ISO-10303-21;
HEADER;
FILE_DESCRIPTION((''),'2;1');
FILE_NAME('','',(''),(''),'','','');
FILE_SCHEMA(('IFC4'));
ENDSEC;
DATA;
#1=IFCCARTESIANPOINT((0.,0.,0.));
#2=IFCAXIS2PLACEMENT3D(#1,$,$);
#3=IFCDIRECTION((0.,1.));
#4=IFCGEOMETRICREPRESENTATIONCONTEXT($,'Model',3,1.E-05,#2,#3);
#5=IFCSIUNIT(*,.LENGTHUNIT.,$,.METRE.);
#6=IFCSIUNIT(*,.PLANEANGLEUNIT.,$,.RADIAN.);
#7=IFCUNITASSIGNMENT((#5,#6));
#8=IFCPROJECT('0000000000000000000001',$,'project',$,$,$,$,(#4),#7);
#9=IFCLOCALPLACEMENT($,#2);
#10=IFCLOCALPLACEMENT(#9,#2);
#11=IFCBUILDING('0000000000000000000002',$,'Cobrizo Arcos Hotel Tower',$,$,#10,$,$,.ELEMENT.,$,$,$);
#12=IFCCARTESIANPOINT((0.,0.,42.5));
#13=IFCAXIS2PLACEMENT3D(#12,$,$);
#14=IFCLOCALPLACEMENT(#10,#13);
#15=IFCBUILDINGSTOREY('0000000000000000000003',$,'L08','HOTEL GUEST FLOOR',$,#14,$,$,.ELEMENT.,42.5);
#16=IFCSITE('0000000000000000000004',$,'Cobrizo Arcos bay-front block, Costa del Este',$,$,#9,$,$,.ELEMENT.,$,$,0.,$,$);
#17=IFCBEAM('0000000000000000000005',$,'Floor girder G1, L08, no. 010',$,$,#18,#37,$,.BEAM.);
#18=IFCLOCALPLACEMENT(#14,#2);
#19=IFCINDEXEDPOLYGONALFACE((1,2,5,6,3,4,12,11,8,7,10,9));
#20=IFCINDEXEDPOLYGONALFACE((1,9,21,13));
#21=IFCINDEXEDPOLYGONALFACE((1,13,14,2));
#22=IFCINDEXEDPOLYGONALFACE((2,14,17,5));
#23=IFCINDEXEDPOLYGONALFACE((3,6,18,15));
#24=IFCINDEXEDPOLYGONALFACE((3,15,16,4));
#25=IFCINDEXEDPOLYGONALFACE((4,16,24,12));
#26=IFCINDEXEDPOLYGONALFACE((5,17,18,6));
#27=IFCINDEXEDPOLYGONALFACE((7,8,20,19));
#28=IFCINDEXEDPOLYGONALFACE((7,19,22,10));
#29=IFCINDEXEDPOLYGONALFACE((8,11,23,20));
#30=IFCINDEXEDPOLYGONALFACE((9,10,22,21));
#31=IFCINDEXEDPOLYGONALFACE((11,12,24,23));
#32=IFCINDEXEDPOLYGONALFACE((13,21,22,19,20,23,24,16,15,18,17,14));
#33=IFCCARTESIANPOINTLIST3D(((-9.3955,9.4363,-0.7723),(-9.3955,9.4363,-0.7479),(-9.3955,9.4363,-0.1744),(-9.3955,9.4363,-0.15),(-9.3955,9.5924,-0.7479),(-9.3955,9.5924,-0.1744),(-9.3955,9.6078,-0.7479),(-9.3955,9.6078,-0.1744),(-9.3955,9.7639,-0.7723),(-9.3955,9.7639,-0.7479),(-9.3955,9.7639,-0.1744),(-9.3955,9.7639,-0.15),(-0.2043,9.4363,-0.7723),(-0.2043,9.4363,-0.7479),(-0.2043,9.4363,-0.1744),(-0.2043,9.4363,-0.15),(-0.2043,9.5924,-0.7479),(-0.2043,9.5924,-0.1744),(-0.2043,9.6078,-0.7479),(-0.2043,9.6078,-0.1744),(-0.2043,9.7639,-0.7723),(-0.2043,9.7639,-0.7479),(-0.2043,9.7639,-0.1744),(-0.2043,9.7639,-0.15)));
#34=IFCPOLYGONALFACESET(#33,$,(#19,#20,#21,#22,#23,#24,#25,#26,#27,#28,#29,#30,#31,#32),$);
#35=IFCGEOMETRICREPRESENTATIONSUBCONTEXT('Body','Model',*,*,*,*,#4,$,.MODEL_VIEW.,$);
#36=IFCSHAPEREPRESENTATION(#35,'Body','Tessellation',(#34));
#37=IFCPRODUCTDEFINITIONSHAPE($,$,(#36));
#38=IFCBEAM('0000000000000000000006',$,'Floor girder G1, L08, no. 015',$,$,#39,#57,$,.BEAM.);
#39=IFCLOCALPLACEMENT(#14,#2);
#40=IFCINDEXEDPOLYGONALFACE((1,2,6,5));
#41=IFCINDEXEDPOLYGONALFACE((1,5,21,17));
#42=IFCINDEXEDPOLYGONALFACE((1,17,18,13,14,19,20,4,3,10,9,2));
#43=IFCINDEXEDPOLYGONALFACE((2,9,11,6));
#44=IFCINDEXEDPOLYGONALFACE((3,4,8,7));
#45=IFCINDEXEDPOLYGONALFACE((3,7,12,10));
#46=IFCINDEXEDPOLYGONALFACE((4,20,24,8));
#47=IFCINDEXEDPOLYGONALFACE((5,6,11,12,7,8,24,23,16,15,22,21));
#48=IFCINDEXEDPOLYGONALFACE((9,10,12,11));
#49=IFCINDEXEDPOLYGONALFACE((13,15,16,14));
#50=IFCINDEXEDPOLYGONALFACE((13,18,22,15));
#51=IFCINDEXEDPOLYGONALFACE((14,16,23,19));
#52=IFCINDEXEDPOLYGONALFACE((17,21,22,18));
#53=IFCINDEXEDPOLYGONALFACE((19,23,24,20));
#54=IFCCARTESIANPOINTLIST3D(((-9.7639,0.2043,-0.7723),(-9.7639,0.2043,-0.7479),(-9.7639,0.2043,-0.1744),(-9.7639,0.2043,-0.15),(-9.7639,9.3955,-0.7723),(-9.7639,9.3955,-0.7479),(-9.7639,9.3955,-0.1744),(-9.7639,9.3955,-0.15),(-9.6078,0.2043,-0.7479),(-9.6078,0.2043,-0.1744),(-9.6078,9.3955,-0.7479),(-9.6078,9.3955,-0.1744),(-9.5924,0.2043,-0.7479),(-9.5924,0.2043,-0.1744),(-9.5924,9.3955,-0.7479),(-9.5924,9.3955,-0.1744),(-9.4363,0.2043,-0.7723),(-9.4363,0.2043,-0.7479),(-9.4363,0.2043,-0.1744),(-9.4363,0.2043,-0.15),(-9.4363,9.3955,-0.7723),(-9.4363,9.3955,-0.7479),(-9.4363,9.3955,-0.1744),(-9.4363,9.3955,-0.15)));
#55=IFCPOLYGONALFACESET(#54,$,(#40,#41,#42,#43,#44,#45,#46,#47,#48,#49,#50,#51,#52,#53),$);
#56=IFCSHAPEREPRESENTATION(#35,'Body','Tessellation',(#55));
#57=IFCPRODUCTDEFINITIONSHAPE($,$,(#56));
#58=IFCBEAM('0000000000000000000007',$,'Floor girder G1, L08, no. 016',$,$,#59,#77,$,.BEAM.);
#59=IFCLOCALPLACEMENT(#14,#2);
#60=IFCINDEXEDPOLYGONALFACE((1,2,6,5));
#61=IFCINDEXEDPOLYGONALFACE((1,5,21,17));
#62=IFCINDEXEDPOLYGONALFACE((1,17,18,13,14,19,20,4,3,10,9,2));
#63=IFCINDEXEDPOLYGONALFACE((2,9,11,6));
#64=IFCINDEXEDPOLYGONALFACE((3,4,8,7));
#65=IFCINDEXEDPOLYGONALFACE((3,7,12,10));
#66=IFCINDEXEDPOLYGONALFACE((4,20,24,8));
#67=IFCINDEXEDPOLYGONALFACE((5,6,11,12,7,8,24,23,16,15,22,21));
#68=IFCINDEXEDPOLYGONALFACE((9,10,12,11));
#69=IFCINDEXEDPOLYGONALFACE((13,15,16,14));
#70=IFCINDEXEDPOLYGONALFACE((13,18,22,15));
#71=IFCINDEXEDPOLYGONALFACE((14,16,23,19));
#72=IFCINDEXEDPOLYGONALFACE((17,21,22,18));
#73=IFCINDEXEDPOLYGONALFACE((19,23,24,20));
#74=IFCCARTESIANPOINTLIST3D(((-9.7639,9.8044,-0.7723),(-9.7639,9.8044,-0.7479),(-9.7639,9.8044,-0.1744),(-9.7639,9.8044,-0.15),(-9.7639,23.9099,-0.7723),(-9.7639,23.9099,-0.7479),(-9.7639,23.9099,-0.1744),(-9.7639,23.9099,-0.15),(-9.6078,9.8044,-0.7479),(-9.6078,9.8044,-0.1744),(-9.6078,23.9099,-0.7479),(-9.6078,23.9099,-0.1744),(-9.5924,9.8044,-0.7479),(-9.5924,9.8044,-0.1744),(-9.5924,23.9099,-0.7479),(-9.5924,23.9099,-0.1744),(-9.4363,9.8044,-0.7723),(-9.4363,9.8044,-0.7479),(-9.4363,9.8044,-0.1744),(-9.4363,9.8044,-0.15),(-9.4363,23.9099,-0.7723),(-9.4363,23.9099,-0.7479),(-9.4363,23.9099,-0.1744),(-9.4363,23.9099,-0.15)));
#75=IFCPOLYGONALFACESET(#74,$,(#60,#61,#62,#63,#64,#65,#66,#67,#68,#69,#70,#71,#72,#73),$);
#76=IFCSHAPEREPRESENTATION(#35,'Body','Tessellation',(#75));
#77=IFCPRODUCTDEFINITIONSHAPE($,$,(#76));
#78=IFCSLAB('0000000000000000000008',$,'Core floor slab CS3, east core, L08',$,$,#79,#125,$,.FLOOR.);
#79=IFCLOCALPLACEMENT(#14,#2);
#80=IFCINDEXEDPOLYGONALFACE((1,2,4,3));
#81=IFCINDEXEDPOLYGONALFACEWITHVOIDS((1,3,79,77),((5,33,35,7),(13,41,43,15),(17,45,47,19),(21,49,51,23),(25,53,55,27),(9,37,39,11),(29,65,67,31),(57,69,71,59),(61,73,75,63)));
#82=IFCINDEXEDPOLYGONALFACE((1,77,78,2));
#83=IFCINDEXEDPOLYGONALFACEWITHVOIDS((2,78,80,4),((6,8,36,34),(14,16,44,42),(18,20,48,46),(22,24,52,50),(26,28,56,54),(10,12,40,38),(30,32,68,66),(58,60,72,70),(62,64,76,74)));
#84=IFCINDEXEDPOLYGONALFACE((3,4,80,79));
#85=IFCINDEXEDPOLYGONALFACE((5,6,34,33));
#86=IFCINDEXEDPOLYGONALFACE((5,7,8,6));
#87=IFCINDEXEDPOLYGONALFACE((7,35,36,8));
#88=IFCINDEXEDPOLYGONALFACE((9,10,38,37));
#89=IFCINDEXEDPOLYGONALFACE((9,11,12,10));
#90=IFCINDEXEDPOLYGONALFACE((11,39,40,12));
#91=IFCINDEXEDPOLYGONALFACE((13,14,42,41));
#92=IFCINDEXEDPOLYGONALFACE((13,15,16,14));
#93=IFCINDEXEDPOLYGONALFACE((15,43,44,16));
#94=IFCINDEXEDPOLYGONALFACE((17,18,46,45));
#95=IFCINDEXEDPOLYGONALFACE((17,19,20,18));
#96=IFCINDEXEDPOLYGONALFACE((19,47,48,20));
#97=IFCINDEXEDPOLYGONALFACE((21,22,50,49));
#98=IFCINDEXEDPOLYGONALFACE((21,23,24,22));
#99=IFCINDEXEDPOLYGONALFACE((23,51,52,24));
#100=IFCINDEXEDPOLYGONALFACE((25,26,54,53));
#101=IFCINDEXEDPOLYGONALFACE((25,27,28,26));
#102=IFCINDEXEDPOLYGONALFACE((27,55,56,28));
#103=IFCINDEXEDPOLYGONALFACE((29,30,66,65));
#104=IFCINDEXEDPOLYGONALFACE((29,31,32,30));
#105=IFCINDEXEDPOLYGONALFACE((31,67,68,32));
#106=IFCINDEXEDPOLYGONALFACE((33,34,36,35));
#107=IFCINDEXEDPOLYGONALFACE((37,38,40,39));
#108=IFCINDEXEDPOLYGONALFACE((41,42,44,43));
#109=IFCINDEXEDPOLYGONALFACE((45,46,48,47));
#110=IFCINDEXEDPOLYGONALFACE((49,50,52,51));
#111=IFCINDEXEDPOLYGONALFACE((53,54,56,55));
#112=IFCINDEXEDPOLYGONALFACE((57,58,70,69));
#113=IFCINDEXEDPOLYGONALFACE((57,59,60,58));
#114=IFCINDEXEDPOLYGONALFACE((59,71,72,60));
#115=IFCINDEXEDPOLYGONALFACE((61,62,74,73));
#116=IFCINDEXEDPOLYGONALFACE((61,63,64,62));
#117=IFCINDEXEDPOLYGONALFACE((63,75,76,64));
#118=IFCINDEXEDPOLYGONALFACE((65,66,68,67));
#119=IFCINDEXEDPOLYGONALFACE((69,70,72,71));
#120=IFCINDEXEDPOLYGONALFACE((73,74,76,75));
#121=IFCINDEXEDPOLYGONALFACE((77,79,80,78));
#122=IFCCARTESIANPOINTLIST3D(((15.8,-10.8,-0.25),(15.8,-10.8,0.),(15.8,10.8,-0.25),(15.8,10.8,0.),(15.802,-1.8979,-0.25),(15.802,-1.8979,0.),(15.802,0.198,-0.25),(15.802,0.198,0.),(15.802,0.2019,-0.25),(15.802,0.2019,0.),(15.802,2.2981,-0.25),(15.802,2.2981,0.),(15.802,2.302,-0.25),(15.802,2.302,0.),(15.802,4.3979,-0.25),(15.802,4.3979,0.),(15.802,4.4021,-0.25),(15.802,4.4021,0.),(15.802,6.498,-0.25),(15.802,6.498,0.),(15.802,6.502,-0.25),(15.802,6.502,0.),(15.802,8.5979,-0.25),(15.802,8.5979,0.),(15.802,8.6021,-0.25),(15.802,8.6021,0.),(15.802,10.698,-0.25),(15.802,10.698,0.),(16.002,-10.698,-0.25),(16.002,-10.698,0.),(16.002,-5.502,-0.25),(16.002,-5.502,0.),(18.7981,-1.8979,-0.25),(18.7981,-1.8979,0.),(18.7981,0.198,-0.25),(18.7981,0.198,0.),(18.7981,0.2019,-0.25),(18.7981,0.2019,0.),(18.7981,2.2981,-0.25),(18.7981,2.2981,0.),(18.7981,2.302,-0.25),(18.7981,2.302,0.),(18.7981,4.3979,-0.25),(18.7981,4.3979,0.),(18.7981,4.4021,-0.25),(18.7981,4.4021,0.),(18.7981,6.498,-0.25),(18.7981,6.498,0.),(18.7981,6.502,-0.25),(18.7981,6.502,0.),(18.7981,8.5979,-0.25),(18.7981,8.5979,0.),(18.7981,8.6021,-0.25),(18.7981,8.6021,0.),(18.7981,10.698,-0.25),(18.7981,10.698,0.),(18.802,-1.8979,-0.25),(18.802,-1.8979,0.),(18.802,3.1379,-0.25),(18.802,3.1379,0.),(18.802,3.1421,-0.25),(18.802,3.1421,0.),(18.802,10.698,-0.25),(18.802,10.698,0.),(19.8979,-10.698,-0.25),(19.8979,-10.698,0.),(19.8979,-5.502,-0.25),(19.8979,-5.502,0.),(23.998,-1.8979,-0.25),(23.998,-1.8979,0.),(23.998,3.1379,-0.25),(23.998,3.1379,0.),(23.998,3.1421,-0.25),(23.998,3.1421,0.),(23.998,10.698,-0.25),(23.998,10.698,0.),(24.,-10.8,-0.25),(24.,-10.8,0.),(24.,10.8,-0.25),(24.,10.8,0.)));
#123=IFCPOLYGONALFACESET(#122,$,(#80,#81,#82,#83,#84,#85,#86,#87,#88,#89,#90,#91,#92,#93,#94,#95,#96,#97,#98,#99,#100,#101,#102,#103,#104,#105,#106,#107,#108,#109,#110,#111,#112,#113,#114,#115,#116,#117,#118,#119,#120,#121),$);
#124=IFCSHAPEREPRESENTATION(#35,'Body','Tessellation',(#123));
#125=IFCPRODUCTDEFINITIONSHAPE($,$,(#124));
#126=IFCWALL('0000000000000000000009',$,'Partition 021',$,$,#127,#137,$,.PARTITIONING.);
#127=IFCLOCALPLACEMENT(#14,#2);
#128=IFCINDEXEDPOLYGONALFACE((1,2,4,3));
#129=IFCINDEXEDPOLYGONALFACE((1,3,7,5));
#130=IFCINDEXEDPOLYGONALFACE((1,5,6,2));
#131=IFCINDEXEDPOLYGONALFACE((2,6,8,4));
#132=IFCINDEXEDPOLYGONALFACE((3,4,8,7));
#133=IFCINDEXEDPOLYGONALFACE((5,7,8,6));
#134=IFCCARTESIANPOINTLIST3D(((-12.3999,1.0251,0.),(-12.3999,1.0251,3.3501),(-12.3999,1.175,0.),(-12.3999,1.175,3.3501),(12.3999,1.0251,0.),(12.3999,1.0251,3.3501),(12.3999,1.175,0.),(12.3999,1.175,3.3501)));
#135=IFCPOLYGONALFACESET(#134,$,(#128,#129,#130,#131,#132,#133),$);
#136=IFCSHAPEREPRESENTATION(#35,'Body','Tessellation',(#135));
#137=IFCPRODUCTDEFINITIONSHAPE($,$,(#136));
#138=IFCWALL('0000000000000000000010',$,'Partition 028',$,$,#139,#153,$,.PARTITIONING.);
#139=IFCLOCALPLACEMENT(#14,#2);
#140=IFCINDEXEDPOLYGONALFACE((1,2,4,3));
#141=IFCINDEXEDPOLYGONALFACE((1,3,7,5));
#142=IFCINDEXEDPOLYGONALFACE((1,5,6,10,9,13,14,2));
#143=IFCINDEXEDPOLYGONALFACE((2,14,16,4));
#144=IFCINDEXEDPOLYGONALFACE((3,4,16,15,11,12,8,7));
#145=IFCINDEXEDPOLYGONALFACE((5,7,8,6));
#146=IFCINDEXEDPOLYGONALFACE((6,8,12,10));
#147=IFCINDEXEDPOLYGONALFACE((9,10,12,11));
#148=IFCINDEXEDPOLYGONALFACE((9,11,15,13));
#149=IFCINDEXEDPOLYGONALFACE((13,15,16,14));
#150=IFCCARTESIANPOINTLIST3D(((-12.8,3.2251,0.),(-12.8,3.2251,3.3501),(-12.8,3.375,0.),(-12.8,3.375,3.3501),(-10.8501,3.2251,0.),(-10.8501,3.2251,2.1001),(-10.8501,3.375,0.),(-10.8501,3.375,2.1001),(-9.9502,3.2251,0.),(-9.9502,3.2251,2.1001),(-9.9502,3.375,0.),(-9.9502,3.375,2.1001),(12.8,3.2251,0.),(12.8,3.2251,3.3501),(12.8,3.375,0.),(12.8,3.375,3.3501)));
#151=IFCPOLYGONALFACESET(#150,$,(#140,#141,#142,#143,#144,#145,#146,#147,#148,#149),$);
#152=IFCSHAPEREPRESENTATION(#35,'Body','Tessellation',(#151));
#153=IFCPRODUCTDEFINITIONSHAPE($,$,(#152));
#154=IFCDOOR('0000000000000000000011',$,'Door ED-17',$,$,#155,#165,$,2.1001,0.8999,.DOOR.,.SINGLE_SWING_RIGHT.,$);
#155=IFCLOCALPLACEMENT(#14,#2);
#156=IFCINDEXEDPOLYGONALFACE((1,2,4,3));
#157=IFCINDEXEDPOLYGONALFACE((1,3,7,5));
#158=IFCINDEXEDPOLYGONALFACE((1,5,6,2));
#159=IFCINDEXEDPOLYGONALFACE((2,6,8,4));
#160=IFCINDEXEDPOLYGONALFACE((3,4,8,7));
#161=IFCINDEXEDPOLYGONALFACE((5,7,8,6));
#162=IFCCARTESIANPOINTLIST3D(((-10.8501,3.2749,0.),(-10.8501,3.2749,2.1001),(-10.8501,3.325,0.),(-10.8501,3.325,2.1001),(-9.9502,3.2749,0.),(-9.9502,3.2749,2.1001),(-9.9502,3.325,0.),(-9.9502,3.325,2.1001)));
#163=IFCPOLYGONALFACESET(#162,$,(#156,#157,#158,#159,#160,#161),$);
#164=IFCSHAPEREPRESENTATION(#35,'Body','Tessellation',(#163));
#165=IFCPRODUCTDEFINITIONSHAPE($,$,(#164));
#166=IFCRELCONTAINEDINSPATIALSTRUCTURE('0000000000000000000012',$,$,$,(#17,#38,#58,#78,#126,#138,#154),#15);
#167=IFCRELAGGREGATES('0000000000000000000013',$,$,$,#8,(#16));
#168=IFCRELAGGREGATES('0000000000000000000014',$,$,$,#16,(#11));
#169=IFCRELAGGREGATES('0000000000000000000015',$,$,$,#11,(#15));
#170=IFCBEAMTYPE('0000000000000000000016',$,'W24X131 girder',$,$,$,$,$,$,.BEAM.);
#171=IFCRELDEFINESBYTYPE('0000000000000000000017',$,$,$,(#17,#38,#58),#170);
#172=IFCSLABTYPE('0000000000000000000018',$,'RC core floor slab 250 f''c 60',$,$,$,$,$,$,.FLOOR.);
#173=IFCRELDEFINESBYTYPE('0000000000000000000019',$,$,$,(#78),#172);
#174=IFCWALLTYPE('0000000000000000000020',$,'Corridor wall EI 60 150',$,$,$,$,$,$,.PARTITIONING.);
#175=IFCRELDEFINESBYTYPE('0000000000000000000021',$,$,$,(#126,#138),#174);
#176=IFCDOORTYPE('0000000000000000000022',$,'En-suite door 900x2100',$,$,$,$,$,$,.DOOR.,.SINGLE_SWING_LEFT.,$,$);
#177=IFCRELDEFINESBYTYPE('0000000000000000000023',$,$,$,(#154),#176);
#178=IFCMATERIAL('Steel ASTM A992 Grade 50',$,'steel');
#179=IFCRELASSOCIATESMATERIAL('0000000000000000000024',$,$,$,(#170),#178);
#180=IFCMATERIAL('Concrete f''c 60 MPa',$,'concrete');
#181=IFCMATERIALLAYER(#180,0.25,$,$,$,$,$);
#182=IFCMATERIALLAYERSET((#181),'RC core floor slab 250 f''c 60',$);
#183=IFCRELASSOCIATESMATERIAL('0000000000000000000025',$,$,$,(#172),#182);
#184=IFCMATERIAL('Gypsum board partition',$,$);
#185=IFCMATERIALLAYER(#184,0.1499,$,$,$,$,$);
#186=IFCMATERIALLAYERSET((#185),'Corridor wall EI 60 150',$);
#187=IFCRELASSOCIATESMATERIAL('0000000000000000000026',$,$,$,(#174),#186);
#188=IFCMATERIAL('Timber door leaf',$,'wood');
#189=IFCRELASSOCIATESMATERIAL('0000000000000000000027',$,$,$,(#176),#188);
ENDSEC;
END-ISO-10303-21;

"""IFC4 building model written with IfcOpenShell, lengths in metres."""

from ifc_helpers import new_model, si_unit, direction, frame, frame_2d, origin, origin_2d, place, context, subcontext, project, spatial, polyline, rectangle, i_section, outline, extrude, material, layer, layer_set, material_profile, profile_set, type_object, element, fill, save


model = new_model("IFC4")

# Units and contexts
model_context = context("Model", 3, precision=1e-05, world=origin(), true_north=direction((0.0, 1.0)))
body_context = subcontext(model_context, "Body", "Model", "MODEL_VIEW")
ifc_project = project(units=[si_unit("LENGTHUNIT", "METRE"), si_unit("PLANEANGLEUNIT", "RADIAN")], contexts=[model_context])

# Site, building, storey
site_placement = place(None, origin())
site = spatial("IfcSite", under=ifc_project, at=site_placement, Name="Cobrizo Arcos bay-front block, Costa del Este", CompositionType="ELEMENT", RefElevation=0.0)
building_placement = place(site_placement, origin())
building = spatial("IfcBuilding", under=site, at=building_placement, Name="Cobrizo Arcos Hotel Tower", CompositionType="ELEMENT")
storey_placement = place(building_placement, frame((0.0, 0.0, 42.5)))
storey = spatial("IfcBuildingStorey", under=building, at=storey_placement, Name="L08", Description="HOTEL GUEST FLOOR", CompositionType="ELEMENT", Elevation=42.5)

# Shared definitions
ifc_material_1 = material(Name="Steel ASTM A992 Grade 50", Category="steel")

# Beams
ifc_material_profile_1 = material_profile(ifc_material_1, i_section(OverallWidth=0.3276, OverallDepth=0.6223, WebThickness=0.0154, FlangeThickness=0.0244, at=origin_2d()), Name="W24X131")
ifc_profile_set_1 = profile_set([ifc_material_profile_1], Name="Steel ASTM A992 Grade 50")
beam_type_1 = type_object("IfcBeamType", Name="W24X131 girder", PredefinedType="BEAM", material=ifc_profile_set_1)
for number, where, z_axis, x_axis, name in (
    (1, (-9.3955, 9.6001, -0.4612), (1.0, 0.0, 0.0), (0.0, 1.0, 0.0), "Floor girder G1, L08, no. 010"),
    (2, (-9.6001, 0.2043, -0.4612), (0.0, 1.0, 0.0), (-1.0, 0.0, 0.0), "Floor girder G1, L08, no. 015"),
):
    element("IfcBeam", number, at=place(storey_placement, frame(where, z_axis=z_axis, x_axis=x_axis)), inside=storey, type_object=beam_type_1, Name=name, PredefinedType="BEAM", context=body_context, shape_type="SweptSolid", body=[
        extrude(i_section(OverallWidth=0.3276, OverallDepth=0.6223, WebThickness=0.0154, FlangeThickness=0.0244, at=origin_2d()), origin(), (0.0, 0.0, 1.0), 9.1912),
    ])
beam_1_placement = place(storey_placement, frame((-9.6001, 9.8044, -0.4612), z_axis=(0.0, 1.0, 0.0), x_axis=(-1.0, 0.0, 0.0)))
element("IfcBeam", 3, at=beam_1_placement, inside=storey, type_object=beam_type_1, Name="Floor girder G1, L08, no. 016", PredefinedType="BEAM", context=body_context, shape_type="SweptSolid", body=[
    extrude(i_section(OverallWidth=0.3276, OverallDepth=0.6223, WebThickness=0.0154, FlangeThickness=0.0244, at=origin_2d()), origin(), (0.0, 0.0, 1.0), 14.1055),
])

# Slab
ifc_material_2 = material(Name="Concrete f'c 60 MPa", Category="concrete")
ifc_layer_1 = layer(ifc_material_2, 0.25)
ifc_layer_set_1 = layer_set([ifc_layer_1], Name="RC core floor slab 250 f'c 60")
slab_type = type_object("IfcSlabType", Name="RC core floor slab 250 f'c 60", PredefinedType="FLOOR", material=ifc_layer_set_1)
slab_placement = place(storey_placement, frame((0.0, 0.0, -0.25)))
element("IfcSlab", 4, at=slab_placement, inside=storey, type_object=slab_type, Name="Core floor slab CS3, east core, L08", PredefinedType="FLOOR", context=body_context, shape_type="SweptSolid", body=[
    extrude(outline(polyline([(15.8, 10.8), (24.0, 10.8), (24.0, -10.8), (15.8, -10.8), (15.8, 10.8)]), holes=[polyline([(19.8979, -10.698), (19.8979, -5.502), (16.002, -5.502), (16.002, -10.698), (19.8979, -10.698)]), polyline([(18.7981, 0.198), (15.802, 0.198), (15.802, -1.8979), (18.7981, -1.8979), (18.7981, 0.198)]), polyline([(23.998, 3.1379), (18.802, 3.1379), (18.802, -1.8979), (23.998, -1.8979), (23.998, 3.1379)]), polyline([(18.7981, 2.2981), (15.802, 2.2981), (15.802, 0.2019), (18.7981, 0.2019), (18.7981, 2.2981)]), polyline([(18.7981, 4.3979), (15.802, 4.3979), (15.802, 2.302), (18.7981, 2.302), (18.7981, 4.3979)]), polyline([(18.7981, 6.498), (15.802, 6.498), (15.802, 4.4021), (18.7981, 4.4021), (18.7981, 6.498)]), polyline([(23.998, 10.698), (18.802, 10.698), (18.802, 3.1421), (23.998, 3.1421), (23.998, 10.698)]), polyline([(18.7981, 8.5979), (15.802, 8.5979), (15.802, 6.502), (18.7981, 6.502), (18.7981, 8.5979)]), polyline([(18.7981, 10.698), (15.802, 10.698), (15.802, 8.6021), (18.7981, 8.6021), (18.7981, 10.698)])]), origin(), (0.0, 0.0, 1.0), 0.25),
])

# Wall
ifc_material_3 = material(Name="Gypsum board partition")
ifc_layer_2 = layer(ifc_material_3, 0.1499)
ifc_layer_set_2 = layer_set([ifc_layer_2], Name="Corridor wall EI 60 150")
wall_type_1 = type_object("IfcWallType", Name="Corridor wall EI 60 150", PredefinedType="PARTITIONING", material=ifc_layer_set_2)
wall_1_placement = place(storey_placement, frame((-12.3999, 1.1001, 0.0), z_axis=(0.0, 0.0, 1.0), x_axis=(1.0, 0.0, 0.0)))
element("IfcWall", 5, at=wall_1_placement, inside=storey, type_object=wall_type_1, Name="Partition 021", PredefinedType="PARTITIONING", context=body_context, shape_type="SweptSolid", body=[
    extrude(rectangle(XDim=24.7998, YDim=0.1499, at=frame_2d((12.3999, 0.0))), origin(), (0.0, 0.0, 1.0), 3.3501),
])

# Wall, opening, door
wall_2_placement = place(storey_placement, frame((-12.8, 3.3, 0.0), z_axis=(0.0, 0.0, 1.0), x_axis=(1.0, 0.0, 0.0)))
wall_2 = element("IfcWall", 6, at=wall_2_placement, inside=storey, type_object=wall_type_1, Name="Partition 028", PredefinedType="PARTITIONING", context=body_context, shape_type="SweptSolid", body=[
    extrude(rectangle(XDim=25.6001, YDim=0.1499, at=frame_2d((12.8, 0.0))), origin(), (0.0, 0.0, 1.0), 3.3501),
])
opening_1_placement = place(wall_2_placement, frame((1.95, 0.0, 0.0)))
opening_1 = element("IfcOpeningElement", 7, at=opening_1_placement, cuts=wall_2, PredefinedType="OPENING", context=body_context, shape_type="SweptSolid", body=[
    extrude(rectangle(XDim=0.8999, YDim=2.1001, at=frame_2d((0.45, 1.05))), frame((0.0, 0.0869, 0.0), z_axis=(0.0, -1.0, 0.0), x_axis=(1.0, 0.0, 0.0)), (0.0, 0.0, 1.0), 0.1738),
])
ifc_material_4 = material(Name="Timber door leaf", Category="wood")
door_type_1 = type_object("IfcDoorType", Name="En-suite door 900x2100", OperationType="SINGLE_SWING_LEFT", PredefinedType="DOOR", material=ifc_material_4)
door_1_placement = place(opening_1_placement, origin())
door_1 = element("IfcDoor", 8, at=door_1_placement, inside=storey, type_object=door_type_1, Name="Door ED-17", OperationType="SINGLE_SWING_RIGHT", OverallHeight=2.1001, OverallWidth=0.8999, PredefinedType="DOOR", context=body_context, shape_type="SweptSolid", body=[
    extrude(rectangle(XDim=0.8999, YDim=2.1001, at=frame_2d((0.45, 1.05))), frame((0.0, 0.0249, 0.0), z_axis=(0.0, -1.0, 0.0), x_axis=(1.0, 0.0, 0.0)), (0.0, 0.0, 1.0), 0.05),
])
fill(opening_1, door_1)

save(model, "model.ifc")
